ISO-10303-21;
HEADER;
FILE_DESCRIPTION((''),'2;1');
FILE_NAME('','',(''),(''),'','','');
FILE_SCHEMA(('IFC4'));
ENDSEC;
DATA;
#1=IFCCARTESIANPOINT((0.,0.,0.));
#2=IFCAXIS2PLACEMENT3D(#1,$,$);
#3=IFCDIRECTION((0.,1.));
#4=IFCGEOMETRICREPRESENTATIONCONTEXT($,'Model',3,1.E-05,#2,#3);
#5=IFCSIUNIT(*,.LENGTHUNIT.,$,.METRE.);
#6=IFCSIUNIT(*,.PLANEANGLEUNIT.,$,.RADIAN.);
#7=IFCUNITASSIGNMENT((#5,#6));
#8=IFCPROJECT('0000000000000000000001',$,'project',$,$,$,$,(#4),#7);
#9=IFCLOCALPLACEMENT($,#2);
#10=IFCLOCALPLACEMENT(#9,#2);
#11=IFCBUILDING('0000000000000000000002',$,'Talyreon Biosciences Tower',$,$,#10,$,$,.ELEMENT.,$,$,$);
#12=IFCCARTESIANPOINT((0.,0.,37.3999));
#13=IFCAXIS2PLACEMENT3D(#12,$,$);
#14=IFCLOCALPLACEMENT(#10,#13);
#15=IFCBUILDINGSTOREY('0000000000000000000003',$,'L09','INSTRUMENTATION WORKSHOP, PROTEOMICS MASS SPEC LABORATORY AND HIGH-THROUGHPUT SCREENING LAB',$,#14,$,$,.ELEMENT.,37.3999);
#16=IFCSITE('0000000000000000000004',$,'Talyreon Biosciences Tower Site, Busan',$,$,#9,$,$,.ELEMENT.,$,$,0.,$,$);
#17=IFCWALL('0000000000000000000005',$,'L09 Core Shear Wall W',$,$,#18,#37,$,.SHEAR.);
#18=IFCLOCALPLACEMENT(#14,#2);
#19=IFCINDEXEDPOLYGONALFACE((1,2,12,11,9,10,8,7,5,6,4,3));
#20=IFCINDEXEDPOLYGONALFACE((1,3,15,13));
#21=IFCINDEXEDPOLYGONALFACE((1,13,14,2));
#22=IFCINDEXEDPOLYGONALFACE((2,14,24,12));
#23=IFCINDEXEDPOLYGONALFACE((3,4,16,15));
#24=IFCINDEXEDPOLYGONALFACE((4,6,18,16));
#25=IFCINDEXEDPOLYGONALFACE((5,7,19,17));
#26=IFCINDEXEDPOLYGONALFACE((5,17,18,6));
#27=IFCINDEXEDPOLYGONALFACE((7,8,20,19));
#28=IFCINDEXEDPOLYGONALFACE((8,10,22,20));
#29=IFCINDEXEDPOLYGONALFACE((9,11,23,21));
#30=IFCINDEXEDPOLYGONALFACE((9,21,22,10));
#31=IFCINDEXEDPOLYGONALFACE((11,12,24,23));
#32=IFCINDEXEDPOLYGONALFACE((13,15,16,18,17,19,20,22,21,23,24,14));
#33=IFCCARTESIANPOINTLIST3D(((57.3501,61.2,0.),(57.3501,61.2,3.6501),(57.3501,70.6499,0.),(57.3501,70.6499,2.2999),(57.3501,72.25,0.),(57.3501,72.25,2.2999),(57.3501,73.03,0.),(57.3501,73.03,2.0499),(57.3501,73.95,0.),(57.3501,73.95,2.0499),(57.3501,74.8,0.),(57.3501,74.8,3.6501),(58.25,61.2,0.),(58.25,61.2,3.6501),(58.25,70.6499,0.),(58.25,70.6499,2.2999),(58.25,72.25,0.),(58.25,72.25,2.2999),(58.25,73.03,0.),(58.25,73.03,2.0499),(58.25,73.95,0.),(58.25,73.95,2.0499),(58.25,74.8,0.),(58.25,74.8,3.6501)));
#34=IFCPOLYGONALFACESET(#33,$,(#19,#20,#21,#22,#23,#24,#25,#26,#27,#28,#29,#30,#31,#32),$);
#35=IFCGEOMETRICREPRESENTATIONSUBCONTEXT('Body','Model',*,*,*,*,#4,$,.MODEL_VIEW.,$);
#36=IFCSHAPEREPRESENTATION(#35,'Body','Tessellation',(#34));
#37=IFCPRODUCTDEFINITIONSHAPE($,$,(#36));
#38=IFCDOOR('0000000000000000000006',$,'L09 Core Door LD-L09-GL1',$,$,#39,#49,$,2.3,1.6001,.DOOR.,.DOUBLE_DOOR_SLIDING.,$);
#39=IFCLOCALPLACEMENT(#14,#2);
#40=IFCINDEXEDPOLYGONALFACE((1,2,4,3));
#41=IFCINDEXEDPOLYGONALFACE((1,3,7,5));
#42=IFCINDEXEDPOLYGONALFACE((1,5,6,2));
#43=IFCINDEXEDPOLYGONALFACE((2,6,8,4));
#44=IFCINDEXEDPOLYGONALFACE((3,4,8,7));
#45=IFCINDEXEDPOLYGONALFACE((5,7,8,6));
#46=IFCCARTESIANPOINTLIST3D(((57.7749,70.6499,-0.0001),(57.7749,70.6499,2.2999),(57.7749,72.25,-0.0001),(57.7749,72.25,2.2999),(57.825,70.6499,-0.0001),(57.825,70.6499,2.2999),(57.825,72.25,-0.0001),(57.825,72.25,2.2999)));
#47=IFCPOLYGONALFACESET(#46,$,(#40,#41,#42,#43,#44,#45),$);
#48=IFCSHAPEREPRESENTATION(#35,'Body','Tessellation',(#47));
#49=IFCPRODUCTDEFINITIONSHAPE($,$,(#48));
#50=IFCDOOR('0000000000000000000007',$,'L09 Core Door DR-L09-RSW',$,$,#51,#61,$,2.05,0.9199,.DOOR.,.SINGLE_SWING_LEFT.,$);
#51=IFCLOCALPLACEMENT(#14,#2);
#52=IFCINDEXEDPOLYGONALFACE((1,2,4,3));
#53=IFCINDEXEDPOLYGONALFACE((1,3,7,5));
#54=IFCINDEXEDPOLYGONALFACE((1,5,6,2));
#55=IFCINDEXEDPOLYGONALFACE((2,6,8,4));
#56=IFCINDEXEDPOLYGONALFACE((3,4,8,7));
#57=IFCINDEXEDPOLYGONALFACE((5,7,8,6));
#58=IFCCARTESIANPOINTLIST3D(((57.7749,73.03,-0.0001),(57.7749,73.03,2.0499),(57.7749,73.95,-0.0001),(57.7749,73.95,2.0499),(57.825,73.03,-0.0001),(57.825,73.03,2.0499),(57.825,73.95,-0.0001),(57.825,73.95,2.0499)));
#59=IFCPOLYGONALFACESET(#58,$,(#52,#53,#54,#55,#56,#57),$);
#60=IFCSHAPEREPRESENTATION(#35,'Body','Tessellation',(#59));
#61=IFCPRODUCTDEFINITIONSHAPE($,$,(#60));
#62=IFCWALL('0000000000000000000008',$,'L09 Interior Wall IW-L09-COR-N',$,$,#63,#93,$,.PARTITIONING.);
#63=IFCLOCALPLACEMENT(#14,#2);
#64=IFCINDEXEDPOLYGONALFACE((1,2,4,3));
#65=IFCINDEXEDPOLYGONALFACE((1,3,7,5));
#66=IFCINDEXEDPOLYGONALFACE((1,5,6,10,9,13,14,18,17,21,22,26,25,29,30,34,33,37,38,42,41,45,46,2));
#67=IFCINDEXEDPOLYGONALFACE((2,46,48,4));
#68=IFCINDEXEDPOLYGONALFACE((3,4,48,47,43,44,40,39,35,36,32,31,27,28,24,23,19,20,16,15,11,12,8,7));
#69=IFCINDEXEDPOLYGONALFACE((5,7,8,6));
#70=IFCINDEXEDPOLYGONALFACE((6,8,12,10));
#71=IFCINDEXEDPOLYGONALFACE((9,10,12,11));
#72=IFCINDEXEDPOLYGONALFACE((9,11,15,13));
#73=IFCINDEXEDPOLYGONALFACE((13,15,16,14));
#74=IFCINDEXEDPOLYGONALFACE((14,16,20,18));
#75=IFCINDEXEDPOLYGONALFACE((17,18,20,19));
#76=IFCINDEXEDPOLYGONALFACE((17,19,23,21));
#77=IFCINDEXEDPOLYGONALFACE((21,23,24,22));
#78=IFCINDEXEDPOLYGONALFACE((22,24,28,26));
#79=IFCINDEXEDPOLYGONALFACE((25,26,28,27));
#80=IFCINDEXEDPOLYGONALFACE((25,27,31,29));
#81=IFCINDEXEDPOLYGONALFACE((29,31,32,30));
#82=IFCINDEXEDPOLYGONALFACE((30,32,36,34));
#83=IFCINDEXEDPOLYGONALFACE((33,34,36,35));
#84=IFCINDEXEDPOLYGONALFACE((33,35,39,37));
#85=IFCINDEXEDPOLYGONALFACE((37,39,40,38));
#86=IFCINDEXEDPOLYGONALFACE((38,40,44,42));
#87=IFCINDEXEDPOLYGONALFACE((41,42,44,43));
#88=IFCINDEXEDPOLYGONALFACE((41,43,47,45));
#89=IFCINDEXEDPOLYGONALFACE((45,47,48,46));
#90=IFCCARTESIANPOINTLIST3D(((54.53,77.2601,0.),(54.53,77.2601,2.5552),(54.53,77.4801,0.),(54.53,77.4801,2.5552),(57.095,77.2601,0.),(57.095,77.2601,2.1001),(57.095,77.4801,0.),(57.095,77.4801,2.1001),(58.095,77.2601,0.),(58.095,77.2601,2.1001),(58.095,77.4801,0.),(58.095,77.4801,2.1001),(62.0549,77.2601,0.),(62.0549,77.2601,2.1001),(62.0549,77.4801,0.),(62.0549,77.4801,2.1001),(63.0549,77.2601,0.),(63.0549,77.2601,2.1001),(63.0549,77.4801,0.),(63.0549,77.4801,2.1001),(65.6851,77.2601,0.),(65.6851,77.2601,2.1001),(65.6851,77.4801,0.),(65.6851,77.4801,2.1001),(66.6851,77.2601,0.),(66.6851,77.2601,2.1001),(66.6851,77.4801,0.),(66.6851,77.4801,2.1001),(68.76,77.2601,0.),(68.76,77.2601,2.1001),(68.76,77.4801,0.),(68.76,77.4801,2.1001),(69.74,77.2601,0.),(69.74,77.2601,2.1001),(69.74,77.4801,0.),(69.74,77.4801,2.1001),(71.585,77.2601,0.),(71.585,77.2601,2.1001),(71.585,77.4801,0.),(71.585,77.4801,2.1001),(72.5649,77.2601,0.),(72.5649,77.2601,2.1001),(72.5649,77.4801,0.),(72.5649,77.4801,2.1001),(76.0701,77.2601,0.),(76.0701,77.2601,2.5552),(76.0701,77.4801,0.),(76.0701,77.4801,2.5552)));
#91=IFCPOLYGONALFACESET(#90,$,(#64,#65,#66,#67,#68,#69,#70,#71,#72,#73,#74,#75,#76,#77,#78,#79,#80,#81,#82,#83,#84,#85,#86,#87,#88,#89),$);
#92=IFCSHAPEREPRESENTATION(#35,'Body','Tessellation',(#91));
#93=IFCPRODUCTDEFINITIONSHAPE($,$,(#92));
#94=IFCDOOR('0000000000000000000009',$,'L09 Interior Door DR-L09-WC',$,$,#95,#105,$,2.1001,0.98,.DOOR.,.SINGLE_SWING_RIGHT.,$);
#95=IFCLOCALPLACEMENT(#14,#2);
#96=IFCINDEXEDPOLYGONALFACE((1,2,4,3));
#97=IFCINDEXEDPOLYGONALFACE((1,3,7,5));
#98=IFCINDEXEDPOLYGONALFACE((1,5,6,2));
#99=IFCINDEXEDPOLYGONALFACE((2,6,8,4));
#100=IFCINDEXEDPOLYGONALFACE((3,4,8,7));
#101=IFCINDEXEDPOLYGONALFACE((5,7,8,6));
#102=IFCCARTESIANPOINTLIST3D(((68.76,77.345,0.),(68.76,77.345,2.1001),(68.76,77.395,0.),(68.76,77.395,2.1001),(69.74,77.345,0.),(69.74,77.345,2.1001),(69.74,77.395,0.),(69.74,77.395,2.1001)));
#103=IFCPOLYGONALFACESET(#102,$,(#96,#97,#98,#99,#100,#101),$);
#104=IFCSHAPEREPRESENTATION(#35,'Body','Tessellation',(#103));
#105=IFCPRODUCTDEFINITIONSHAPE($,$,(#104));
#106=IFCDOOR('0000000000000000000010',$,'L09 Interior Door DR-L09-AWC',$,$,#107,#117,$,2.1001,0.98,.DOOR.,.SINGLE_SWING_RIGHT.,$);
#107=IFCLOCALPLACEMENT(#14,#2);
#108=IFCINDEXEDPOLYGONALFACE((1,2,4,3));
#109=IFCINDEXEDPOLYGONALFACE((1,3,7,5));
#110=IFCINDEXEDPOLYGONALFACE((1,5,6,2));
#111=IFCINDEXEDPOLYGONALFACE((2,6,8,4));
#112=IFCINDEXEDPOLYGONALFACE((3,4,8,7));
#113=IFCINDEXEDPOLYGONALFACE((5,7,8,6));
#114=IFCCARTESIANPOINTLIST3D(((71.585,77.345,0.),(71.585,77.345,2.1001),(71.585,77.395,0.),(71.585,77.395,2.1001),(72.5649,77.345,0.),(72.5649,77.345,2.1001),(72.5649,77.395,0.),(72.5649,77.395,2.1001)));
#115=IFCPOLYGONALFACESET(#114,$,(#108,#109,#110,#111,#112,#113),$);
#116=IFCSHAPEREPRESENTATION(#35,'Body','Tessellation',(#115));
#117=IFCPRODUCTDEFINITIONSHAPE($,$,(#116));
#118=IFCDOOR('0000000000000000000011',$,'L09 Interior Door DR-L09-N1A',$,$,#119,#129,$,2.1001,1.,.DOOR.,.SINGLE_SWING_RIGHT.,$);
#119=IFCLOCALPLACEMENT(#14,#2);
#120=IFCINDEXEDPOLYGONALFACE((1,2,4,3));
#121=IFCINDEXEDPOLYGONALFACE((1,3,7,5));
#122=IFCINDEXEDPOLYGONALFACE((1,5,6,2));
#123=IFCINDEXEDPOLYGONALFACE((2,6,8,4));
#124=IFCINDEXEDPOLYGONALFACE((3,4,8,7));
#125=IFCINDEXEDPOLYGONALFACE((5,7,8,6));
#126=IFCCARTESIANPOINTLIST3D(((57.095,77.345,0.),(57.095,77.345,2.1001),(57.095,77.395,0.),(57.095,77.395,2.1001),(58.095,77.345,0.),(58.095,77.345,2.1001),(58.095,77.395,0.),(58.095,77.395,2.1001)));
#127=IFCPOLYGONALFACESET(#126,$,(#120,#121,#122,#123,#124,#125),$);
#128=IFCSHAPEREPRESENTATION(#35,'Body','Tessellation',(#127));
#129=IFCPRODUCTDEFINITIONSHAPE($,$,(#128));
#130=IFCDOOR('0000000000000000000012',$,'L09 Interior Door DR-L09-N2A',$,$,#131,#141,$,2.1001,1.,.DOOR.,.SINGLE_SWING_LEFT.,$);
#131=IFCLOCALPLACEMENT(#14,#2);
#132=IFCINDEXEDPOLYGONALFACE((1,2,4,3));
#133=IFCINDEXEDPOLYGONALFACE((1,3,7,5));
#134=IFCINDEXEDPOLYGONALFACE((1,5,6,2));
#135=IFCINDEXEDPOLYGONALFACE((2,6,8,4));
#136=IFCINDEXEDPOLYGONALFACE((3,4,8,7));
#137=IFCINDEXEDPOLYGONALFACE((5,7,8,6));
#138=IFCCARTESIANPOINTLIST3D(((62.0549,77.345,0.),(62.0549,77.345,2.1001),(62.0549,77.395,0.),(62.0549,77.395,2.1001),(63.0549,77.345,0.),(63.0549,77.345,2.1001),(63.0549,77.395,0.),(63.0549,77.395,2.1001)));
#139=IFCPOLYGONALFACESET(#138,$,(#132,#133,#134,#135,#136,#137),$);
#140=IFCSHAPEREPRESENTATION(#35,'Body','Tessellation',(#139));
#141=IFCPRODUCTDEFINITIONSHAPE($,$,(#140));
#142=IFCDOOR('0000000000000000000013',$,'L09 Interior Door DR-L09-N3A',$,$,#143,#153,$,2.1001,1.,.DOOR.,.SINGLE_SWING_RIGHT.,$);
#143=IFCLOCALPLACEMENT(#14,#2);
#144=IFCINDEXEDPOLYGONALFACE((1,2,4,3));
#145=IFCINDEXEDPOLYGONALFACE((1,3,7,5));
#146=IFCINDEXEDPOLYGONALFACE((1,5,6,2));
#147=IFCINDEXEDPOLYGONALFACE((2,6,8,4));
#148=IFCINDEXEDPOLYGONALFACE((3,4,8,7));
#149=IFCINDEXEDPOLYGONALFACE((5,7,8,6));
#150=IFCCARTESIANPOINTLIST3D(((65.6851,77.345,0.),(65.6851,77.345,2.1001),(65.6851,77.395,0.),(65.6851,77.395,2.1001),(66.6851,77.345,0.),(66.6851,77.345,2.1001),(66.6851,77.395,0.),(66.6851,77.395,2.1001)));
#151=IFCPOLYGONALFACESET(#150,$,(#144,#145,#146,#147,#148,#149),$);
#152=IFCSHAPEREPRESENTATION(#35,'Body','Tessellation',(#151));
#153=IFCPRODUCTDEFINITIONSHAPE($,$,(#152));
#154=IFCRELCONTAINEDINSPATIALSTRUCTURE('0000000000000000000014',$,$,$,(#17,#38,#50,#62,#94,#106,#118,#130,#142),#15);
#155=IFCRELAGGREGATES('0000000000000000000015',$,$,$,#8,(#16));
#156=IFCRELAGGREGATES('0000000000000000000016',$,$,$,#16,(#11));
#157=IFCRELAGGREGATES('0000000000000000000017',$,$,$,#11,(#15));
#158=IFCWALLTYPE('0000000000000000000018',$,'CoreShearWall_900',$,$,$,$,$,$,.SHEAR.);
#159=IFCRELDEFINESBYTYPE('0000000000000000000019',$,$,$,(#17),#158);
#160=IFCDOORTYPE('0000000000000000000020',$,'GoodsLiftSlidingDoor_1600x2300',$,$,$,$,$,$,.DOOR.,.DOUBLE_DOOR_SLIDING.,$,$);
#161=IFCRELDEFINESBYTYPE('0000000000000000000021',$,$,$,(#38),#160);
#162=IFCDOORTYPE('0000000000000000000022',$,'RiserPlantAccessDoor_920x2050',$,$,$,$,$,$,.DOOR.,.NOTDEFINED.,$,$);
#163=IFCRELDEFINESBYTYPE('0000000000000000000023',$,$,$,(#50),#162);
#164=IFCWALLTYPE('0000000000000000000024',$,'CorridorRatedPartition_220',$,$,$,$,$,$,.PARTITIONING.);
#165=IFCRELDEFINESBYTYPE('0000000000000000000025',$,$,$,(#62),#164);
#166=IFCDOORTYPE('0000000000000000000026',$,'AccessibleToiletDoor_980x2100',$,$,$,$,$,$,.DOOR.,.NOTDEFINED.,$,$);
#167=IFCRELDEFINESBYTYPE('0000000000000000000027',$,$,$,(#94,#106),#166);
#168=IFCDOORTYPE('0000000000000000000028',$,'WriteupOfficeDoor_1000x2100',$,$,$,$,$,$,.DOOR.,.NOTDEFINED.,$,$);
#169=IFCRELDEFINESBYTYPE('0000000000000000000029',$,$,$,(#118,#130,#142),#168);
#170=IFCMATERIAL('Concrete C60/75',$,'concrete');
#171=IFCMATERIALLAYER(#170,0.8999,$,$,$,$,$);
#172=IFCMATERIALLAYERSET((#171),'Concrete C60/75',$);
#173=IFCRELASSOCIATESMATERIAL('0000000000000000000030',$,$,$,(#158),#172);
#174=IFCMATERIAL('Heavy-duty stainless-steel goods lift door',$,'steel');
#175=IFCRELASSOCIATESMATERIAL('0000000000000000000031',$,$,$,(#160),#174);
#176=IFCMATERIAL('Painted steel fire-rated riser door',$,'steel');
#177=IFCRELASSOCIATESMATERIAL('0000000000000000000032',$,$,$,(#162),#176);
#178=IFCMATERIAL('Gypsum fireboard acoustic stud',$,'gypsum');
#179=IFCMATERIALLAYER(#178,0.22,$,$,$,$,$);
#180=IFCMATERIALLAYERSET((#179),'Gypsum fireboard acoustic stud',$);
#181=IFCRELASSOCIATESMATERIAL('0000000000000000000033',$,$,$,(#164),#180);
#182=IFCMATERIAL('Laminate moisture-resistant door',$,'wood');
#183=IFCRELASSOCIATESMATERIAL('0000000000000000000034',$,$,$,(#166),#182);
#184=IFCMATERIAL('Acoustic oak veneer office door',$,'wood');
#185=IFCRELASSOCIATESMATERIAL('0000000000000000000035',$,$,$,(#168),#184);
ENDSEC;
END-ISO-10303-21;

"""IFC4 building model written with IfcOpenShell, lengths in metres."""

from ifc_helpers import new_model, si_unit, direction, frame, frame_2d, origin, place, context, subcontext, project, spatial, rectangle, extrude, material, layer, layer_set, type_object, element, fill, save


model = new_model("IFC4")

# Units and contexts
model_context = context("Model", 3, precision=1e-05, world=origin(), true_north=direction((0.0, 1.0)))
body_context = subcontext(model_context, "Body", "Model", "MODEL_VIEW")
ifc_project = project(units=[si_unit("LENGTHUNIT", "METRE"), si_unit("PLANEANGLEUNIT", "RADIAN")], contexts=[model_context])

# Site, building, storey
site_placement = place(None, origin())
site = spatial("IfcSite", under=ifc_project, at=site_placement, Name="Talyreon Biosciences Tower Site, Busan", CompositionType="ELEMENT", RefElevation=0.0)
building_placement = place(site_placement, origin())
building = spatial("IfcBuilding", under=site, at=building_placement, Name="Talyreon Biosciences Tower", CompositionType="ELEMENT")
storey_placement = place(building_placement, frame((0.0, 0.0, 37.3999)))
storey = spatial("IfcBuildingStorey", under=building, at=storey_placement, Name="L09", Description="INSTRUMENTATION WORKSHOP, PROTEOMICS MASS SPEC LABORATORY AND HIGH-THROUGHPUT SCREENING LAB", CompositionType="ELEMENT", Elevation=37.3999)

# Shared definitions
ifc_material_1 = material(Name="Concrete C60/75", Category="concrete")

# Shared definitions
ifc_layer_1 = layer(ifc_material_1, 0.8999)
ifc_layer_set_1 = layer_set([ifc_layer_1], Name="Concrete C60/75")
wall_type_1 = type_object("IfcWallType", Name="CoreShearWall_900", PredefinedType="SHEAR", material=ifc_layer_set_1)

# Walls, openings, doors
wall_1_placement = place(storey_placement, frame((57.8, 74.8, 0.0), z_axis=(0.0, 0.0, 1.0), x_axis=(0.0, -1.0, 0.0)))
wall_1 = element("IfcWall", 1, at=wall_1_placement, inside=storey, type_object=wall_type_1, Name="L09 Core Shear Wall W", PredefinedType="SHEAR", context=body_context, shape_type="SweptSolid", body=[
    extrude(rectangle(XDim=13.6001, YDim=0.8999, at=frame_2d((6.8, 0.0))), origin(), (0.0, 0.0, 1.0), 3.6501),
])
opening_1_placement = place(wall_1_placement, frame((0.8501, 0.0, 0.0)))
opening_1 = element("IfcOpeningElement", 2, at=opening_1_placement, cuts=wall_1, PredefinedType="OPENING", context=body_context, shape_type="SweptSolid", body=[
    extrude(rectangle(XDim=0.9199, YDim=2.05, at=frame_2d((0.46, 1.0249))), frame((0.0, 0.46, 0.0), z_axis=(0.0, -1.0, 0.0), x_axis=(1.0, 0.0, 0.0)), (0.0, 0.0, 1.0), 0.9199),
])
opening_2_placement = place(wall_1_placement, frame((2.55, 0.0, 0.0)))
opening_2 = element("IfcOpeningElement", 3, at=opening_2_placement, cuts=wall_1, PredefinedType="OPENING", context=body_context, shape_type="SweptSolid", body=[
    extrude(rectangle(XDim=1.6001, YDim=2.3, at=frame_2d((0.8, 1.1499))), frame((0.0, 0.46, 0.0), z_axis=(0.0, -1.0, 0.0), x_axis=(1.0, 0.0, 0.0)), (0.0, 0.0, 1.0), 0.9199),
])
ifc_material_2 = material(Name="Heavy-duty stainless-steel goods lift door", Category="steel")
door_type_1 = type_object("IfcDoorType", Name="GoodsLiftSlidingDoor_1600x2300", OperationType="DOUBLE_DOOR_SLIDING", PredefinedType="DOOR", material=ifc_material_2)
door_1_placement = place(opening_2_placement, origin())
door_1 = element("IfcDoor", 4, at=door_1_placement, inside=storey, type_object=door_type_1, Name="L09 Core Door LD-L09-GL1", OperationType="DOUBLE_DOOR_SLIDING", OverallHeight=2.3, OverallWidth=1.6001, PredefinedType="DOOR", context=body_context, shape_type="SweptSolid", body=[
    extrude(rectangle(XDim=1.6001, YDim=2.3, at=frame_2d((0.8, 1.1499))), frame((0.0, 0.0249, 0.0), z_axis=(0.0, -1.0, 0.0), x_axis=(1.0, 0.0, 0.0)), (0.0, 0.0, 1.0), 0.05),
])
fill(opening_2, door_1)
ifc_material_3 = material(Name="Painted steel fire-rated riser door", Category="steel")
door_type_2 = type_object("IfcDoorType", Name="RiserPlantAccessDoor_920x2050", OperationType="NOTDEFINED", PredefinedType="DOOR", material=ifc_material_3)
door_2_placement = place(opening_1_placement, origin())
door_2 = element("IfcDoor", 5, at=door_2_placement, inside=storey, type_object=door_type_2, Name="L09 Core Door DR-L09-RSW", OperationType="SINGLE_SWING_LEFT", OverallHeight=2.05, OverallWidth=0.9199, PredefinedType="DOOR", context=body_context, shape_type="SweptSolid", body=[
    extrude(rectangle(XDim=0.9199, YDim=2.05, at=frame_2d((0.46, 1.0249))), frame((0.0, 0.0249, 0.0), z_axis=(0.0, -1.0, 0.0), x_axis=(1.0, 0.0, 0.0)), (0.0, 0.0, 1.0), 0.05),
])
fill(opening_1, door_2)
ifc_material_4 = material(Name="Gypsum fireboard acoustic stud", Category="gypsum")
ifc_layer_2 = layer(ifc_material_4, 0.22)
ifc_layer_set_2 = layer_set([ifc_layer_2], Name="Gypsum fireboard acoustic stud")
wall_type_2 = type_object("IfcWallType", Name="CorridorRatedPartition_220", PredefinedType="PARTITIONING", material=ifc_layer_set_2)
wall_2_placement = place(storey_placement, frame((54.53, 77.3701, 0.0), z_axis=(0.0, 0.0, 1.0), x_axis=(1.0, 0.0, 0.0)))
wall_2 = element("IfcWall", 6, at=wall_2_placement, inside=storey, type_object=wall_type_2, Name="L09 Interior Wall IW-L09-COR-N", PredefinedType="PARTITIONING", context=body_context, shape_type="SweptSolid", body=[
    extrude(rectangle(XDim=21.54, YDim=0.22, at=frame_2d((10.77, 0.0))), origin(), (0.0, 0.0, 1.0), 2.5552),
])
opening_3_placement = place(wall_2_placement, frame((14.23, 0.0, 0.0)))
opening_3 = element("IfcOpeningElement", 7, at=opening_3_placement, cuts=wall_2, PredefinedType="OPENING", context=body_context, shape_type="SweptSolid", body=[
    extrude(rectangle(XDim=0.98, YDim=2.1001, at=frame_2d((0.49, 1.05))), frame((0.0, 0.1199, 0.0), z_axis=(0.0, -1.0, 0.0), x_axis=(1.0, 0.0, 0.0)), (0.0, 0.0, 1.0), 0.24),
])
opening_4_placement = place(wall_2_placement, frame((17.0549, 0.0, 0.0)))
opening_4 = element("IfcOpeningElement", 8, at=opening_4_placement, cuts=wall_2, PredefinedType="OPENING", context=body_context, shape_type="SweptSolid", body=[
    extrude(rectangle(XDim=0.98, YDim=2.1001, at=frame_2d((0.49, 1.05))), frame((0.0, 0.1199, 0.0), z_axis=(0.0, -1.0, 0.0), x_axis=(1.0, 0.0, 0.0)), (0.0, 0.0, 1.0), 0.24),
])
opening_5_placement = place(wall_2_placement, frame((2.5649, 0.0, 0.0)))
opening_5 = element("IfcOpeningElement", 9, at=opening_5_placement, cuts=wall_2, PredefinedType="OPENING", context=body_context, shape_type="SweptSolid", body=[
    extrude(rectangle(XDim=1.0, YDim=2.1001, at=frame_2d((0.5, 1.05))), frame((0.0, 0.1199, 0.0), z_axis=(0.0, -1.0, 0.0), x_axis=(1.0, 0.0, 0.0)), (0.0, 0.0, 1.0), 0.24),
])
opening_6_placement = place(wall_2_placement, frame((7.5249, 0.0, 0.0)))
opening_6 = element("IfcOpeningElement", 10, at=opening_6_placement, cuts=wall_2, PredefinedType="OPENING", context=body_context, shape_type="SweptSolid", body=[
    extrude(rectangle(XDim=1.0, YDim=2.1001, at=frame_2d((0.5, 1.05))), frame((0.0, 0.1199, 0.0), z_axis=(0.0, -1.0, 0.0), x_axis=(1.0, 0.0, 0.0)), (0.0, 0.0, 1.0), 0.24),
])
opening_7_placement = place(wall_2_placement, frame((11.155, 0.0, 0.0)))
opening_7 = element("IfcOpeningElement", 11, at=opening_7_placement, cuts=wall_2, PredefinedType="OPENING", context=body_context, shape_type="SweptSolid", body=[
    extrude(rectangle(XDim=1.0, YDim=2.1001, at=frame_2d((0.5, 1.05))), frame((0.0, 0.1199, 0.0), z_axis=(0.0, -1.0, 0.0), x_axis=(1.0, 0.0, 0.0)), (0.0, 0.0, 1.0), 0.24),
])
ifc_material_5 = material(Name="Laminate moisture-resistant door", Category="wood")
door_type_3 = type_object("IfcDoorType", Name="AccessibleToiletDoor_980x2100", OperationType="NOTDEFINED", PredefinedType="DOOR", material=ifc_material_5)
door_3_placement = place(opening_3_placement, origin())
door_3 = element("IfcDoor", 12, at=door_3_placement, inside=storey, type_object=door_type_3, Name="L09 Interior Door DR-L09-WC", OperationType="SINGLE_SWING_RIGHT", OverallHeight=2.1001, OverallWidth=0.98, PredefinedType="DOOR", context=body_context, shape_type="SweptSolid", body=[
    extrude(rectangle(XDim=0.98, YDim=2.1001, at=frame_2d((0.49, 1.05))), frame((0.0, 0.0249, 0.0), z_axis=(0.0, -1.0, 0.0), x_axis=(1.0, 0.0, 0.0)), (0.0, 0.0, 1.0), 0.05),
])
fill(opening_3, door_3)
door_4_placement = place(opening_4_placement, origin())
door_4 = element("IfcDoor", 13, at=door_4_placement, inside=storey, type_object=door_type_3, Name="L09 Interior Door DR-L09-AWC", OperationType="SINGLE_SWING_RIGHT", OverallHeight=2.1001, OverallWidth=0.98, PredefinedType="DOOR", context=body_context, shape_type="SweptSolid", body=[
    extrude(rectangle(XDim=0.98, YDim=2.1001, at=frame_2d((0.49, 1.05))), frame((0.0, 0.0249, 0.0), z_axis=(0.0, -1.0, 0.0), x_axis=(1.0, 0.0, 0.0)), (0.0, 0.0, 1.0), 0.05),
])
fill(opening_4, door_4)
ifc_material_6 = material(Name="Acoustic oak veneer office door", Category="wood")
door_type_4 = type_object("IfcDoorType", Name="WriteupOfficeDoor_1000x2100", OperationType="NOTDEFINED", PredefinedType="DOOR", material=ifc_material_6)
door_5_placement = place(opening_5_placement, origin())
door_5 = element("IfcDoor", 14, at=door_5_placement, inside=storey, type_object=door_type_4, Name="L09 Interior Door DR-L09-N1A", OperationType="SINGLE_SWING_RIGHT", OverallHeight=2.1001, OverallWidth=1.0, PredefinedType="DOOR", context=body_context, shape_type="SweptSolid", body=[
    extrude(rectangle(XDim=1.0, YDim=2.1001, at=frame_2d((0.5, 1.05))), frame((0.0, 0.0249, 0.0), z_axis=(0.0, -1.0, 0.0), x_axis=(1.0, 0.0, 0.0)), (0.0, 0.0, 1.0), 0.05),
])
fill(opening_5, door_5)
door_6_placement = place(opening_6_placement, origin())
door_6 = element("IfcDoor", 15, at=door_6_placement, inside=storey, type_object=door_type_4, Name="L09 Interior Door DR-L09-N2A", OperationType="SINGLE_SWING_LEFT", OverallHeight=2.1001, OverallWidth=1.0, PredefinedType="DOOR", context=body_context, shape_type="SweptSolid", body=[
    extrude(rectangle(XDim=1.0, YDim=2.1001, at=frame_2d((0.5, 1.05))), frame((0.0, 0.0249, 0.0), z_axis=(0.0, -1.0, 0.0), x_axis=(1.0, 0.0, 0.0)), (0.0, 0.0, 1.0), 0.05),
])
fill(opening_6, door_6)
door_7_placement = place(opening_7_placement, origin())
door_7 = element("IfcDoor", 16, at=door_7_placement, inside=storey, type_object=door_type_4, Name="L09 Interior Door DR-L09-N3A", OperationType="SINGLE_SWING_RIGHT", OverallHeight=2.1001, OverallWidth=1.0, PredefinedType="DOOR", context=body_context, shape_type="SweptSolid", body=[
    extrude(rectangle(XDim=1.0, YDim=2.1001, at=frame_2d((0.5, 1.05))), frame((0.0, 0.0249, 0.0), z_axis=(0.0, -1.0, 0.0), x_axis=(1.0, 0.0, 0.0)), (0.0, 0.0, 1.0), 0.05),
])
fill(opening_7, door_7)

save(model, "model.ifc")
